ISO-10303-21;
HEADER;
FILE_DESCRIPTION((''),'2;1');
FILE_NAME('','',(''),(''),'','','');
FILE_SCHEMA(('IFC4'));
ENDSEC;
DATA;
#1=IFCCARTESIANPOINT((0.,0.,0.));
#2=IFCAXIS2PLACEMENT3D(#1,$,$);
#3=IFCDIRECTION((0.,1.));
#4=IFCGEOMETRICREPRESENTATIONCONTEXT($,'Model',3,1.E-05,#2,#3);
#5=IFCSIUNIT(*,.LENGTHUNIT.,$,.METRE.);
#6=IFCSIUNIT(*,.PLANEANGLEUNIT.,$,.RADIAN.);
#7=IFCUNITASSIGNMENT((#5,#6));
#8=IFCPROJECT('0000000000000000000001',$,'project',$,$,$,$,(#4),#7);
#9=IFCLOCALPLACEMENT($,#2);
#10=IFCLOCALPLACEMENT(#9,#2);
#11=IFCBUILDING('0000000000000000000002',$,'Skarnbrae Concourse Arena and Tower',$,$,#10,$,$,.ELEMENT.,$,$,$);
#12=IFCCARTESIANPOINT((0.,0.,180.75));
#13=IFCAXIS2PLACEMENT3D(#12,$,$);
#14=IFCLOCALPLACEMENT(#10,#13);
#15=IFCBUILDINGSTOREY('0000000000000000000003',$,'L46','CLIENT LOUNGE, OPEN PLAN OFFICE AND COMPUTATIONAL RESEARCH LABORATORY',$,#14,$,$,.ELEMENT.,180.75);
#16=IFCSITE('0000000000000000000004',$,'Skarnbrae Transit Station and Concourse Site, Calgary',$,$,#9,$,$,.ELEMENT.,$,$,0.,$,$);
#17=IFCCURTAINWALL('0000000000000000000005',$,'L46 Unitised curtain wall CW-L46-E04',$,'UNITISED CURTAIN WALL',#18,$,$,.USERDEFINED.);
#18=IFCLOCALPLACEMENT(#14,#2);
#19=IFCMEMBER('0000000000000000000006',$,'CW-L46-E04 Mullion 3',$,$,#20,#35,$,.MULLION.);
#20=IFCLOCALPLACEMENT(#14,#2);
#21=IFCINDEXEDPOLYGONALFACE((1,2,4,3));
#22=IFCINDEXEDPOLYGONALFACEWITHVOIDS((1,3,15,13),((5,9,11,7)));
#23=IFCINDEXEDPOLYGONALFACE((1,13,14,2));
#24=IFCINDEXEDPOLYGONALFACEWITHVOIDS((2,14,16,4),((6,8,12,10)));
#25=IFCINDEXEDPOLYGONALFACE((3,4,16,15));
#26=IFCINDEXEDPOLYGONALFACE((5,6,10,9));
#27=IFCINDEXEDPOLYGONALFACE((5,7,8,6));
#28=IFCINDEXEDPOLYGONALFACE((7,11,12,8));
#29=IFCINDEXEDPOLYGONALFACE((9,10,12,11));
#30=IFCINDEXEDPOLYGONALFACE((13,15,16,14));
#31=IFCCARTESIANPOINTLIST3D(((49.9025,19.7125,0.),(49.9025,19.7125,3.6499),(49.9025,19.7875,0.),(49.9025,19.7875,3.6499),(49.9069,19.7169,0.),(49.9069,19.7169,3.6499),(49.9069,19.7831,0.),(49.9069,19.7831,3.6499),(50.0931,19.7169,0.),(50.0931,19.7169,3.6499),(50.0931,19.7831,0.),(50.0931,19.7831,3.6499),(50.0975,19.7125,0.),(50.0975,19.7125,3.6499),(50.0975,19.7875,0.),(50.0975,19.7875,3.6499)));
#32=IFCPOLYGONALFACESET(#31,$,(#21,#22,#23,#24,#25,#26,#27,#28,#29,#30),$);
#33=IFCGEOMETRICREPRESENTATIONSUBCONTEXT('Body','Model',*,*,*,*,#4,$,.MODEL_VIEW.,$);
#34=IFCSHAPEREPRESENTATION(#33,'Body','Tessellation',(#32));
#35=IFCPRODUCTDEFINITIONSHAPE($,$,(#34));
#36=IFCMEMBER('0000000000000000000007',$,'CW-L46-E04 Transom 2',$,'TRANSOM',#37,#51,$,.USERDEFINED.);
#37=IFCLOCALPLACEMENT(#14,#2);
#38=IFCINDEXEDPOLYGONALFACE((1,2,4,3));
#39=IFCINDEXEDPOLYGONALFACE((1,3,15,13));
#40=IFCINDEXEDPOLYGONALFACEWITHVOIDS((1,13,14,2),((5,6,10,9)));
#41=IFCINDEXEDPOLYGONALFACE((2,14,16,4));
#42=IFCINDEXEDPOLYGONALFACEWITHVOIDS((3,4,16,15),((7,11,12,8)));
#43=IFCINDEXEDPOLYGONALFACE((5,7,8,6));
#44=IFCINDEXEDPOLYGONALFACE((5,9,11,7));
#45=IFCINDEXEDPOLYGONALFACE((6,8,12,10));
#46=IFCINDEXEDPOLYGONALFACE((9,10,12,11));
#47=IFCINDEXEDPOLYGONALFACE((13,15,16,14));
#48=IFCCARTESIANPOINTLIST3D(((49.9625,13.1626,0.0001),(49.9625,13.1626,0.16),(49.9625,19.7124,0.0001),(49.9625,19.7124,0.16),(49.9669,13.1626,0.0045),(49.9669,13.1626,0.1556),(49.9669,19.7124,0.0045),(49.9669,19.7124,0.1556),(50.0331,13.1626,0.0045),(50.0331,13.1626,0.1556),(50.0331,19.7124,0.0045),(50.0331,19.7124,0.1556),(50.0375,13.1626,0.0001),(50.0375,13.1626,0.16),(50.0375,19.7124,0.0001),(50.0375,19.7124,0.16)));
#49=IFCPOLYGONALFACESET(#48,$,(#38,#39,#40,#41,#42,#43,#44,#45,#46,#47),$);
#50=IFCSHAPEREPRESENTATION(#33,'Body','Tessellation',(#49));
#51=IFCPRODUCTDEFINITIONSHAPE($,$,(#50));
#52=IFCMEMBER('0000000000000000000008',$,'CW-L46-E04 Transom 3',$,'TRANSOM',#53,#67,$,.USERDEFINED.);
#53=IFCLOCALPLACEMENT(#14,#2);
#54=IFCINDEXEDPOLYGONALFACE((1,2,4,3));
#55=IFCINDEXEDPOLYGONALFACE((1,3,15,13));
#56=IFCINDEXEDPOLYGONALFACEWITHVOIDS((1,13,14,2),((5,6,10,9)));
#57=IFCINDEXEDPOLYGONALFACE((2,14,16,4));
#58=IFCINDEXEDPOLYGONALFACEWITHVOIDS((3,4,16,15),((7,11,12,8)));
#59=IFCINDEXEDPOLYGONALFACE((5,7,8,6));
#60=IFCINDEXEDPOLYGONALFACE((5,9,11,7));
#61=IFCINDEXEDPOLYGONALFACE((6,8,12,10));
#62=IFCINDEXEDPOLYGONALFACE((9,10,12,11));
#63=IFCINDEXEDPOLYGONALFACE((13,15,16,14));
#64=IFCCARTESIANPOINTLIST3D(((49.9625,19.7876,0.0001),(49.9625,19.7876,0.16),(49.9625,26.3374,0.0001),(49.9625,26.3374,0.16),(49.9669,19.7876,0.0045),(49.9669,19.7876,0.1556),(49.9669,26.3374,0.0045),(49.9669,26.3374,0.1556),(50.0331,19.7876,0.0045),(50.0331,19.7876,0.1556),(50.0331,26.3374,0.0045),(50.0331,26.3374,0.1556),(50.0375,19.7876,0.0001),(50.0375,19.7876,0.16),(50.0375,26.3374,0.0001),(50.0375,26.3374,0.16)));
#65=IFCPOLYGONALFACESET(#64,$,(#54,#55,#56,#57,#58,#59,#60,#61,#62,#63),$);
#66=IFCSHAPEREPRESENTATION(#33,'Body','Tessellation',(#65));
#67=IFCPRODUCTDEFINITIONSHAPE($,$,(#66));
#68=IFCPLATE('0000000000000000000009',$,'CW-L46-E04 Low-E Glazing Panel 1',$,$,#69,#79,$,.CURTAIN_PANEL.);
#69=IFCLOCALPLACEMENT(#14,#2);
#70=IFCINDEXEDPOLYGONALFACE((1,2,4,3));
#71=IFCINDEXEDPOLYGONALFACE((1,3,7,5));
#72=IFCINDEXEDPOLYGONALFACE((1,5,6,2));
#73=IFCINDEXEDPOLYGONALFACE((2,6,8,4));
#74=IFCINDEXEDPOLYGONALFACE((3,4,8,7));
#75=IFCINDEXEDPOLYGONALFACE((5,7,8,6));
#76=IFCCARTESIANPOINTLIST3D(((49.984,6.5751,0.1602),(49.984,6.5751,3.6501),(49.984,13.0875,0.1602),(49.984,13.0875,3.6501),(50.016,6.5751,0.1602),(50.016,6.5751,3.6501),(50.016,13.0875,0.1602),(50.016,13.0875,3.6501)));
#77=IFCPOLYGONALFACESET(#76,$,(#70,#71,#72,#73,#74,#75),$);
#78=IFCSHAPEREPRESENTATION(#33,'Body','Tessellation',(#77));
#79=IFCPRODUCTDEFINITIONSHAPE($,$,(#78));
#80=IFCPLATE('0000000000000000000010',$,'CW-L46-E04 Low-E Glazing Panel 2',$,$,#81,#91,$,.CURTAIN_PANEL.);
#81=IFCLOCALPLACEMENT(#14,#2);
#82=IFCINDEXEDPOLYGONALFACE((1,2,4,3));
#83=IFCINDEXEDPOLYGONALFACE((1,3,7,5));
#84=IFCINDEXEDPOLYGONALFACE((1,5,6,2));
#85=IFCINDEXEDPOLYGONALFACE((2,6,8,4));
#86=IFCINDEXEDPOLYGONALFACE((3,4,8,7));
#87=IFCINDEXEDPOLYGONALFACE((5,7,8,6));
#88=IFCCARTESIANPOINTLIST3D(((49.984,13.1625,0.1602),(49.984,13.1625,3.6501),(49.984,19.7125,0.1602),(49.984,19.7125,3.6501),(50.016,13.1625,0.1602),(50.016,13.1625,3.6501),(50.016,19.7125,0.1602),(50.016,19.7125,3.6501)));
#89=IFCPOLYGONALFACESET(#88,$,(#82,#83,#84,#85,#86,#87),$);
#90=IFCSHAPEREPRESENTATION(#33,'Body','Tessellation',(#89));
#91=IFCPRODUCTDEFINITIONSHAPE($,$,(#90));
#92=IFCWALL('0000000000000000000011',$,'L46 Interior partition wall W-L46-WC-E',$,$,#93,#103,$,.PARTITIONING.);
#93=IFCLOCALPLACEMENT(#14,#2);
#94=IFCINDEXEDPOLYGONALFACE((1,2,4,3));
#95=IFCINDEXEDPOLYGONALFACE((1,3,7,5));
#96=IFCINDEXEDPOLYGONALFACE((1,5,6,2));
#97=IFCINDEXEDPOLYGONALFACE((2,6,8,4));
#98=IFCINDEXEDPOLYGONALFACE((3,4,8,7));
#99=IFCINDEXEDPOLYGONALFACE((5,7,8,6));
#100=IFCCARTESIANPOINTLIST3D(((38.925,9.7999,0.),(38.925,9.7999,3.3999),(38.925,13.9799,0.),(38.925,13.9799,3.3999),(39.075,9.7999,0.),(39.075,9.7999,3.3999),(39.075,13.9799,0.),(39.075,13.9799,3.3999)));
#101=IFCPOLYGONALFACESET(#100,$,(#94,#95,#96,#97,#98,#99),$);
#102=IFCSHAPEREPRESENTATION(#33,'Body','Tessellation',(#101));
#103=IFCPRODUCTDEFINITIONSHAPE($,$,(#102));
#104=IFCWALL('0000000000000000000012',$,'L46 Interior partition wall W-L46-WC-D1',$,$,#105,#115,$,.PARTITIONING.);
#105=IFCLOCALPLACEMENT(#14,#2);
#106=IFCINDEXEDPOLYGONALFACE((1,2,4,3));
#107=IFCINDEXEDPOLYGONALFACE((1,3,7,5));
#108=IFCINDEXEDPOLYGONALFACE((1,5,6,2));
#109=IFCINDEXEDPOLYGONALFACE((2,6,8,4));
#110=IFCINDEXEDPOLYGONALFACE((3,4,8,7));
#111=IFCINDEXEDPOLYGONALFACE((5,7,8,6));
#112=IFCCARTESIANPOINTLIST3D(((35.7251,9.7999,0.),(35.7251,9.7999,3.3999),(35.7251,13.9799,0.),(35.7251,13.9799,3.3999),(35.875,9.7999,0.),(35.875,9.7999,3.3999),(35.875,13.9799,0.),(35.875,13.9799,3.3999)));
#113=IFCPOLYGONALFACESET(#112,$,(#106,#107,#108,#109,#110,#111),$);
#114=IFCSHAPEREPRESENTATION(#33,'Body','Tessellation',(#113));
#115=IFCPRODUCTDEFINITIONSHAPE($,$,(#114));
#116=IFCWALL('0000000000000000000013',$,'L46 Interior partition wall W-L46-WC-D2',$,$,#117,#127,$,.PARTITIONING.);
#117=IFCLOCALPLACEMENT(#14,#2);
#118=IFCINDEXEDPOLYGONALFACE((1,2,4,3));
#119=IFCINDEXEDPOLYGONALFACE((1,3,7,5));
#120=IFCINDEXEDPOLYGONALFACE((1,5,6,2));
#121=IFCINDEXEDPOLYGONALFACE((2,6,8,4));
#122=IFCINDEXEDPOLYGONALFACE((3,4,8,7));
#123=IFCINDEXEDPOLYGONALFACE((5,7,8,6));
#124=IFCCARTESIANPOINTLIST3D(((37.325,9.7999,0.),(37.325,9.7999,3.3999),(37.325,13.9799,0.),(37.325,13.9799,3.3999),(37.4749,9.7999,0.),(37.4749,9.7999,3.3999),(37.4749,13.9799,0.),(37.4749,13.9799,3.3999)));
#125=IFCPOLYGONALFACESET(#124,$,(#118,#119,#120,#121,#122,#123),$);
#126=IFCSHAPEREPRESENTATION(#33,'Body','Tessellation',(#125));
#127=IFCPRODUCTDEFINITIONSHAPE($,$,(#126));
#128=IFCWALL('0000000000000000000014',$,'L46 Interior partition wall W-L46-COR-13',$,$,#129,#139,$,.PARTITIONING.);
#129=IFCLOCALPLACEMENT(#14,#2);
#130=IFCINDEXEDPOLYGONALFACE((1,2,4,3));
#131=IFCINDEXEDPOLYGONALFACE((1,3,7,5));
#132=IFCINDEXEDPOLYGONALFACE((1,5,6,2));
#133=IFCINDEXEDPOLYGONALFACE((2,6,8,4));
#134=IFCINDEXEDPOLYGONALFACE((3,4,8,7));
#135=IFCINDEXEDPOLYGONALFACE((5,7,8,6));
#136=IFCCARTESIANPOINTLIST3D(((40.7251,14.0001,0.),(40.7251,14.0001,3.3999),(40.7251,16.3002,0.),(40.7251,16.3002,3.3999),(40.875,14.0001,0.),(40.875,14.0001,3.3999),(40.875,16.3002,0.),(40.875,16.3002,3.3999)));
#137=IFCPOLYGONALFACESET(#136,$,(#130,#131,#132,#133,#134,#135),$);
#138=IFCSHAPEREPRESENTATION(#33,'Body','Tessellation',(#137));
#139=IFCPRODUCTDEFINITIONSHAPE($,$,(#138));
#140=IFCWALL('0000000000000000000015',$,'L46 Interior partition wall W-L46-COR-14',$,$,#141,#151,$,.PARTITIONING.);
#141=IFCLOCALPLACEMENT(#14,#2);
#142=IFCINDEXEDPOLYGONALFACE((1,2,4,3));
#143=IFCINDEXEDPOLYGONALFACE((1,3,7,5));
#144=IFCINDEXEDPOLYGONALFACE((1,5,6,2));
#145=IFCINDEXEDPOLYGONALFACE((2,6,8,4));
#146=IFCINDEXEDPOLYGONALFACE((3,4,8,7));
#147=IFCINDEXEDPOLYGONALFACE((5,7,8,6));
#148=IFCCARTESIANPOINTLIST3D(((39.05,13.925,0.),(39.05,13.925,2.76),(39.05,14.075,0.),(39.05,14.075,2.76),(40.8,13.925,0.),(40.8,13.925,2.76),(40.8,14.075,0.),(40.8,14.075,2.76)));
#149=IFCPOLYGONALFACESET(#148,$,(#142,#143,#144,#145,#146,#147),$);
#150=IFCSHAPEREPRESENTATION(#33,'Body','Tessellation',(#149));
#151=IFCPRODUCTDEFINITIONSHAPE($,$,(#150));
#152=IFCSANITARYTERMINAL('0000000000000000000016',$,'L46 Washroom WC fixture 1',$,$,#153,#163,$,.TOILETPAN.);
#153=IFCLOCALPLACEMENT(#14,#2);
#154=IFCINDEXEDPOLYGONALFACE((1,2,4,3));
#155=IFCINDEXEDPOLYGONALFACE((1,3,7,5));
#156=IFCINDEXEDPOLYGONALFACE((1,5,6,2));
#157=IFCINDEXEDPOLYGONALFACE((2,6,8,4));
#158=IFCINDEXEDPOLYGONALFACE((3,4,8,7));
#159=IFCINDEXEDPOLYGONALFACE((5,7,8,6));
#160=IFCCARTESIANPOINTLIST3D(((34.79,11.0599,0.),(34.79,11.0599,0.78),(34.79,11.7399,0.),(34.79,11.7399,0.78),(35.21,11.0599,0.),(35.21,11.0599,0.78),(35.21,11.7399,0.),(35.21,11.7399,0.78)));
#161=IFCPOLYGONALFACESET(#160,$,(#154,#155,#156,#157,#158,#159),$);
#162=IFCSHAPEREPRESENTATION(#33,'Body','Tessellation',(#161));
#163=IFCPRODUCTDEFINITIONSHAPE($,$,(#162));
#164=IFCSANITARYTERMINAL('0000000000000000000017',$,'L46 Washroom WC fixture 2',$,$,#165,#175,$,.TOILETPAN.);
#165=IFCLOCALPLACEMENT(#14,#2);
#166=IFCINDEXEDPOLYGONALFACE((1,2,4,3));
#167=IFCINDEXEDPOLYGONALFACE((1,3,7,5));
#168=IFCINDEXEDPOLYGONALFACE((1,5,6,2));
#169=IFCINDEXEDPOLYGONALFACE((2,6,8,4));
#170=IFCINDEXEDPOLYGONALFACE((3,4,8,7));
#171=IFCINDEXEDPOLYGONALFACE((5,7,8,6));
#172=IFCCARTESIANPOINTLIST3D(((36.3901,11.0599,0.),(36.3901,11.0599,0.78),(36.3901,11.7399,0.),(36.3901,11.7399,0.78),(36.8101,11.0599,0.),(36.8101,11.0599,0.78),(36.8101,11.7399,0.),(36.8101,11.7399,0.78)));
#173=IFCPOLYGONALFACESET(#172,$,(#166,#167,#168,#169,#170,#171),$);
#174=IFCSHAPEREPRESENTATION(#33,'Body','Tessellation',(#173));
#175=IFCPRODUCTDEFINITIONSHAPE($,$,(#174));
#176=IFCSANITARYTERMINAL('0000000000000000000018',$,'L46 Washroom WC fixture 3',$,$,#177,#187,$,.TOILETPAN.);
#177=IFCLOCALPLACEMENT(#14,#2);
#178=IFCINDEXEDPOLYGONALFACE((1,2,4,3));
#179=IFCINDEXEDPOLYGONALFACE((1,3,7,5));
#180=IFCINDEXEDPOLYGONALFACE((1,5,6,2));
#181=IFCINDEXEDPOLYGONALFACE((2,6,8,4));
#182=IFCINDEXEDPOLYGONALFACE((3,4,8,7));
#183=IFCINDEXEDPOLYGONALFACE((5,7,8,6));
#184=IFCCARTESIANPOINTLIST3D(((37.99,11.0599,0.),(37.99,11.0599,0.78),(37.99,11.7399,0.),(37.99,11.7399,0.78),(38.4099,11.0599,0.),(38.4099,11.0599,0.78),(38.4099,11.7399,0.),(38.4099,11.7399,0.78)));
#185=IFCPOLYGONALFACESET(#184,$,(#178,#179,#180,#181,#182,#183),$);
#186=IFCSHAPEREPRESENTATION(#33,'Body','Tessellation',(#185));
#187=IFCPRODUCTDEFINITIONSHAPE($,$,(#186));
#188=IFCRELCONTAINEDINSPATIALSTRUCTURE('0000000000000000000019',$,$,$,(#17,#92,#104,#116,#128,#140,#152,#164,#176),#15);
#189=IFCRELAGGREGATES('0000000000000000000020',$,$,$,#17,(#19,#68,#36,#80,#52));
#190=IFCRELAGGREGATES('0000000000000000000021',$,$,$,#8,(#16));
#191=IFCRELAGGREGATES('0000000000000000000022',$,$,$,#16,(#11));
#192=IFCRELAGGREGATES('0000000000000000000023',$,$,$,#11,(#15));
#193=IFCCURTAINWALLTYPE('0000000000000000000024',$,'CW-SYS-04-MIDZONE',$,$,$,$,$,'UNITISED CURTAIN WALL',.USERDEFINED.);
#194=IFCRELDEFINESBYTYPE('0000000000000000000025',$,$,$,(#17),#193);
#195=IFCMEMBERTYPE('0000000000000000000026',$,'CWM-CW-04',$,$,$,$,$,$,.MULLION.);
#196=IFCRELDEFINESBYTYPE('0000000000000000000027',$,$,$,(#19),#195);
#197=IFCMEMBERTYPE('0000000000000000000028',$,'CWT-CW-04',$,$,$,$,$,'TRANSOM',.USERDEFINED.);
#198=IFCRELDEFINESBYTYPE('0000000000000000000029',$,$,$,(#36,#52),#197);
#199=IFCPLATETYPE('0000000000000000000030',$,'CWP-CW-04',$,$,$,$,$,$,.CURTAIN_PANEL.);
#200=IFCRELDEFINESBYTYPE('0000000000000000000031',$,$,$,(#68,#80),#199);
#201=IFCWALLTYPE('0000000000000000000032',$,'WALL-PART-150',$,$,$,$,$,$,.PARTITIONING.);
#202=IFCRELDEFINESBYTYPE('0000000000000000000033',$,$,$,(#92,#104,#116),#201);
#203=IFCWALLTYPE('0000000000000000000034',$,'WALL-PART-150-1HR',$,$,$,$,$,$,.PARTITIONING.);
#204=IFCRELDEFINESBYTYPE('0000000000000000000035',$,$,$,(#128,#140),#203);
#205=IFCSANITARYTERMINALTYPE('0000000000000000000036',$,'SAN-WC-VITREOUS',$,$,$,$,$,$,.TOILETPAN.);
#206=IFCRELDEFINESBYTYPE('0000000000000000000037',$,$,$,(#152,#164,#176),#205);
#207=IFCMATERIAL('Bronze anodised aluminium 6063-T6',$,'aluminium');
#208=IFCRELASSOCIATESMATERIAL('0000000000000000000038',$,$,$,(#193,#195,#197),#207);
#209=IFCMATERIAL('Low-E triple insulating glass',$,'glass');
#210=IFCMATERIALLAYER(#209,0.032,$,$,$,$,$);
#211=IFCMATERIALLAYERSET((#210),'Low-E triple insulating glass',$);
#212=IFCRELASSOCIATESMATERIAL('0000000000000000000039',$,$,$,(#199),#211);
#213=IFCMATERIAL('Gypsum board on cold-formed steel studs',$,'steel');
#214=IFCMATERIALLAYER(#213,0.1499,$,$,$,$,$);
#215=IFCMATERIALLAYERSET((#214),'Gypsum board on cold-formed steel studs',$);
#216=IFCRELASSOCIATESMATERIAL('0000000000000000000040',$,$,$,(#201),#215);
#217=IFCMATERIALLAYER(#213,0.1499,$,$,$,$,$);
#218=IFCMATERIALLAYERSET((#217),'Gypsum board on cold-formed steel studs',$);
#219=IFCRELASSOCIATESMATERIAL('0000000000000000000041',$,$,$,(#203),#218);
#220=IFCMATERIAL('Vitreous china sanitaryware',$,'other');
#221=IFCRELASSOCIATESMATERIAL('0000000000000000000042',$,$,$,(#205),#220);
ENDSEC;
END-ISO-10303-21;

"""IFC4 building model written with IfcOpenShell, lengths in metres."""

from ifc_helpers import new_model, si_unit, direction, frame, frame_2d, origin, origin_2d, place, context, subcontext, project, spatial, rectangle, hollow_rectangle, extrude, source, transform, mapped, material, layer, layer_set, material_profile, profile_set, type_object, element, aggregate, save


model = new_model("IFC4")

# Units and contexts
model_context = context("Model", 3, precision=1e-05, world=origin(), true_north=direction((0.0, 1.0)))
body_context = subcontext(model_context, "Body", "Model", "MODEL_VIEW")
ifc_project = project(units=[si_unit("LENGTHUNIT", "METRE"), si_unit("PLANEANGLEUNIT", "RADIAN")], contexts=[model_context])

# Site, building, storey
site_placement = place(None, origin())
site = spatial("IfcSite", under=ifc_project, at=site_placement, Name="Skarnbrae Transit Station and Concourse Site, Calgary", CompositionType="ELEMENT", RefElevation=0.0)
building_placement = place(site_placement, origin())
building = spatial("IfcBuilding", under=site, at=building_placement, Name="Skarnbrae Concourse Arena and Tower", CompositionType="ELEMENT")
storey_placement = place(building_placement, frame((0.0, 0.0, 180.75)))
storey = spatial("IfcBuildingStorey", under=building, at=storey_placement, Name="L46", Description="CLIENT LOUNGE, OPEN PLAN OFFICE AND COMPUTATIONAL RESEARCH LABORATORY", CompositionType="ELEMENT", Elevation=180.75)

# Curtain wall, members, plates
ifc_material_1 = material(Name="Bronze anodised aluminium 6063-T6", Category="aluminium")
curtain_wall_type = type_object("IfcCurtainWallType", Name="CW-SYS-04-MIDZONE", ElementType="UNITISED CURTAIN WALL", PredefinedType="USERDEFINED", material=ifc_material_1)
curtain_wall_placement = place(storey_placement, origin())
curtain_wall = element("IfcCurtainWall", 1, at=curtain_wall_placement, inside=storey, type_object=curtain_wall_type, Name="L46 Unitised curtain wall CW-L46-E04", ObjectType="UNITISED CURTAIN WALL", PredefinedType="USERDEFINED")
ifc_material_profile_1 = material_profile(ifc_material_1, hollow_rectangle(XDim=0.075, YDim=0.1951, WallThickness=0.0044, at=origin_2d()), Name="ALU-MULL-75X195")
ifc_profile_set_1 = profile_set([ifc_material_profile_1], Name="Bronze anodised aluminium 6063-T6")
member_type_1 = type_object("IfcMemberType", Name="CWM-CW-04", PredefinedType="MULLION", material=ifc_profile_set_1)
shared_shape_1 = source(origin(), body_context, "Body", "SweptSolid", [
    extrude(hollow_rectangle(XDim=0.075, YDim=0.1951, WallThickness=0.0044, at=origin_2d()), origin(), (0.0, 0.0, 1.0), 3.6499),
])
member_1_placement = place(storey_placement, frame((50.0, 19.75, 0.0), z_axis=(0.0, 0.0, 1.0), x_axis=(0.0, 1.0, 0.0)))
member_1 = element("IfcMember", 2, at=member_1_placement, type_object=member_type_1, Name="CW-L46-E04 Mullion 3", PredefinedType="MULLION", context=body_context, shape_type="MappedRepresentation", body=[
    mapped(shared_shape_1, transform((0.0, 0.0, 0.0))),
])
ifc_material_profile_2 = material_profile(ifc_material_1, hollow_rectangle(XDim=0.075, YDim=0.1599, WallThickness=0.0044, at=origin_2d()), Name="ALU-TRAN-75X160")
ifc_profile_set_2 = profile_set([ifc_material_profile_2], Name="Bronze anodised aluminium 6063-T6")
member_type_2 = type_object("IfcMemberType", Name="CWT-CW-04", ElementType="TRANSOM", PredefinedType="USERDEFINED", material=ifc_profile_set_2)
shared_shape_2 = source(origin(), body_context, "Body", "SweptSolid", [
    extrude(hollow_rectangle(XDim=0.075, YDim=0.1599, WallThickness=0.0044, at=origin_2d()), origin(), (0.0, 0.0, 1.0), 6.5498),
])
member_2_placement = place(storey_placement, frame((50.0, 13.1626, 0.0801), z_axis=(0.0, 1.0, 0.0), x_axis=(-1.0, 0.0, 0.0)))
member_2 = element("IfcMember", 3, at=member_2_placement, type_object=member_type_2, Name="CW-L46-E04 Transom 2", ObjectType="TRANSOM", PredefinedType="USERDEFINED", context=body_context, shape_type="MappedRepresentation", body=[
    mapped(shared_shape_2, transform((0.0, 0.0, 0.0))),
])
member_3_placement = place(storey_placement, frame((50.0, 19.7876, 0.0801), z_axis=(0.0, 1.0, 0.0), x_axis=(-1.0, 0.0, 0.0)))
member_3 = element("IfcMember", 4, at=member_3_placement, type_object=member_type_2, Name="CW-L46-E04 Transom 3", ObjectType="TRANSOM", PredefinedType="USERDEFINED", context=body_context, shape_type="MappedRepresentation", body=[
    mapped(shared_shape_2, transform((0.0, 0.0, 0.0))),
])
ifc_material_2 = material(Name="Low-E triple insulating glass", Category="glass")
ifc_layer_1 = layer(ifc_material_2, 0.032)
ifc_layer_set_1 = layer_set([ifc_layer_1], Name="Low-E triple insulating glass")
plate_type = type_object("IfcPlateType", Name="CWP-CW-04", PredefinedType="CURTAIN_PANEL", material=ifc_layer_set_1)
shared_shape_3 = source(origin(), body_context, "Body", "SweptSolid", [
    extrude(rectangle(XDim=6.5125, YDim=0.032, at=origin_2d()), origin(), (0.0, 0.0, 1.0), 3.49),
])
plate_1_placement = place(storey_placement, frame((50.0, 9.8313, 0.1602), z_axis=(0.0, 0.0, 1.0), x_axis=(0.0, 1.0, 0.0)))
plate_1 = element("IfcPlate", 5, at=plate_1_placement, type_object=plate_type, Name="CW-L46-E04 Low-E Glazing Panel 1", PredefinedType="CURTAIN_PANEL", context=body_context, shape_type="MappedRepresentation", body=[
    mapped(shared_shape_3, transform((0.0, 0.0, 0.0))),
])
shared_shape_4 = source(origin(), body_context, "Body", "SweptSolid", [
    extrude(rectangle(XDim=6.55, YDim=0.032, at=origin_2d()), origin(), (0.0, 0.0, 1.0), 3.49),
])
plate_2_placement = place(storey_placement, frame((50.0, 16.4375, 0.1602), z_axis=(0.0, 0.0, 1.0), x_axis=(0.0, 1.0, 0.0)))
plate_2 = element("IfcPlate", 6, at=plate_2_placement, type_object=plate_type, Name="CW-L46-E04 Low-E Glazing Panel 2", PredefinedType="CURTAIN_PANEL", context=body_context, shape_type="MappedRepresentation", body=[
    mapped(shared_shape_4, transform((0.0, 0.0, 0.0))),
])
aggregate(curtain_wall, [member_1, plate_1, member_2, plate_2, member_3])

# Walls
ifc_material_3 = material(Name="Gypsum board on cold-formed steel studs", Category="steel")
ifc_layer_2 = layer(ifc_material_3, 0.1499)
ifc_layer_set_2 = layer_set([ifc_layer_2], Name="Gypsum board on cold-formed steel studs")
wall_type_1 = type_object("IfcWallType", Name="WALL-PART-150", PredefinedType="PARTITIONING", material=ifc_layer_set_2)
shared_shape_5 = source(origin(), body_context, "Body", "SweptSolid", [
    extrude(rectangle(XDim=4.1799, YDim=0.1499, at=frame_2d((2.0898, 0.0))), origin(), (0.0, 0.0, 1.0), 3.3999),
])
for number, where, z_axis, x_axis, name in (
    (7, (39.0, 9.8, 0.0), (0.0, 0.0, 1.0), (0.0, 1.0, 0.0), "L46 Interior partition wall W-L46-WC-E"),
    (8, (35.8, 9.8, 0.0), (0.0, 0.0, 1.0), (0.0, 1.0, 0.0), "L46 Interior partition wall W-L46-WC-D1"),
    (9, (37.3999, 9.8, 0.0), (0.0, 0.0, 1.0), (0.0, 1.0, 0.0), "L46 Interior partition wall W-L46-WC-D2"),
):
    element("IfcWall", number, at=place(storey_placement, frame(where, z_axis=z_axis, x_axis=x_axis)), inside=storey, type_object=wall_type_1, Name=name, PredefinedType="PARTITIONING", context=body_context, shape_type="MappedRepresentation", body=[
        mapped(shared_shape_5, transform((0.0, 0.0, 0.0))),
    ])
ifc_layer_3 = layer(ifc_material_3, 0.1499)
ifc_layer_set_3 = layer_set([ifc_layer_3], Name="Gypsum board on cold-formed steel studs")
wall_type_2 = type_object("IfcWallType", Name="WALL-PART-150-1HR", PredefinedType="PARTITIONING", material=ifc_layer_set_3)
shared_shape_6 = source(origin(), body_context, "Body", "SweptSolid", [
    extrude(rectangle(XDim=2.3, YDim=0.1499, at=frame_2d((1.1499, 0.0))), origin(), (0.0, 0.0, 1.0), 3.3999),
])
wall_1_placement = place(storey_placement, frame((40.8, 16.3, 0.0), z_axis=(0.0, 0.0, 1.0), x_axis=(0.0, -1.0, 0.0)))
element("IfcWall", 10, at=wall_1_placement, inside=storey, type_object=wall_type_2, Name="L46 Interior partition wall W-L46-COR-13", PredefinedType="PARTITIONING", context=body_context, shape_type="MappedRepresentation", body=[
    mapped(shared_shape_6, transform((0.0, 0.0, 0.0))),
])
shared_shape_7 = source(origin(), body_context, "Body", "SweptSolid", [
    extrude(rectangle(XDim=1.75, YDim=0.1499, at=frame_2d((0.875, 0.0))), origin(), (0.0, 0.0, 1.0), 2.76),
])
wall_2_placement = place(storey_placement, frame((40.8, 14.0, 0.0), z_axis=(0.0, 0.0, 1.0), x_axis=(-1.0, 0.0, 0.0)))
element("IfcWall", 11, at=wall_2_placement, inside=storey, type_object=wall_type_2, Name="L46 Interior partition wall W-L46-COR-14", PredefinedType="PARTITIONING", context=body_context, shape_type="MappedRepresentation", body=[
    mapped(shared_shape_7, transform((0.0, 0.0, 0.0))),
])

# Sanitary terminals
ifc_material_4 = material(Name="Vitreous china sanitaryware", Category="other")
sanitary_terminal_type = type_object("IfcSanitaryTerminalType", Name="SAN-WC-VITREOUS", PredefinedType="TOILETPAN", material=ifc_material_4)
shared_shape_8 = source(origin(), body_context, "Body", "SweptSolid", [
    extrude(rectangle(XDim=0.4199, YDim=0.6799, at=origin_2d()), origin(), (0.0, 0.0, 1.0), 0.78),
])
for number, where, z_axis, x_axis, name in (
    (12, (35.0, 11.3999, 0.0), (0.0, 0.0, 1.0), (1.0, 0.0, 0.0), "L46 Washroom WC fixture 1"),
    (13, (36.6001, 11.3999, 0.0), (0.0, 0.0, 1.0), (1.0, 0.0, 0.0), "L46 Washroom WC fixture 2"),
    (14, (38.2, 11.3999, 0.0), (0.0, 0.0, 1.0), (1.0, 0.0, 0.0), "L46 Washroom WC fixture 3"),
):
    element("IfcSanitaryTerminal", number, at=place(storey_placement, frame(where, z_axis=z_axis, x_axis=x_axis)), inside=storey, type_object=sanitary_terminal_type, Name=name, PredefinedType="TOILETPAN", context=body_context, shape_type="MappedRepresentation", body=[
        mapped(shared_shape_8, transform((0.0, 0.0, 0.0))),
    ])

save(model, "model.ifc")
